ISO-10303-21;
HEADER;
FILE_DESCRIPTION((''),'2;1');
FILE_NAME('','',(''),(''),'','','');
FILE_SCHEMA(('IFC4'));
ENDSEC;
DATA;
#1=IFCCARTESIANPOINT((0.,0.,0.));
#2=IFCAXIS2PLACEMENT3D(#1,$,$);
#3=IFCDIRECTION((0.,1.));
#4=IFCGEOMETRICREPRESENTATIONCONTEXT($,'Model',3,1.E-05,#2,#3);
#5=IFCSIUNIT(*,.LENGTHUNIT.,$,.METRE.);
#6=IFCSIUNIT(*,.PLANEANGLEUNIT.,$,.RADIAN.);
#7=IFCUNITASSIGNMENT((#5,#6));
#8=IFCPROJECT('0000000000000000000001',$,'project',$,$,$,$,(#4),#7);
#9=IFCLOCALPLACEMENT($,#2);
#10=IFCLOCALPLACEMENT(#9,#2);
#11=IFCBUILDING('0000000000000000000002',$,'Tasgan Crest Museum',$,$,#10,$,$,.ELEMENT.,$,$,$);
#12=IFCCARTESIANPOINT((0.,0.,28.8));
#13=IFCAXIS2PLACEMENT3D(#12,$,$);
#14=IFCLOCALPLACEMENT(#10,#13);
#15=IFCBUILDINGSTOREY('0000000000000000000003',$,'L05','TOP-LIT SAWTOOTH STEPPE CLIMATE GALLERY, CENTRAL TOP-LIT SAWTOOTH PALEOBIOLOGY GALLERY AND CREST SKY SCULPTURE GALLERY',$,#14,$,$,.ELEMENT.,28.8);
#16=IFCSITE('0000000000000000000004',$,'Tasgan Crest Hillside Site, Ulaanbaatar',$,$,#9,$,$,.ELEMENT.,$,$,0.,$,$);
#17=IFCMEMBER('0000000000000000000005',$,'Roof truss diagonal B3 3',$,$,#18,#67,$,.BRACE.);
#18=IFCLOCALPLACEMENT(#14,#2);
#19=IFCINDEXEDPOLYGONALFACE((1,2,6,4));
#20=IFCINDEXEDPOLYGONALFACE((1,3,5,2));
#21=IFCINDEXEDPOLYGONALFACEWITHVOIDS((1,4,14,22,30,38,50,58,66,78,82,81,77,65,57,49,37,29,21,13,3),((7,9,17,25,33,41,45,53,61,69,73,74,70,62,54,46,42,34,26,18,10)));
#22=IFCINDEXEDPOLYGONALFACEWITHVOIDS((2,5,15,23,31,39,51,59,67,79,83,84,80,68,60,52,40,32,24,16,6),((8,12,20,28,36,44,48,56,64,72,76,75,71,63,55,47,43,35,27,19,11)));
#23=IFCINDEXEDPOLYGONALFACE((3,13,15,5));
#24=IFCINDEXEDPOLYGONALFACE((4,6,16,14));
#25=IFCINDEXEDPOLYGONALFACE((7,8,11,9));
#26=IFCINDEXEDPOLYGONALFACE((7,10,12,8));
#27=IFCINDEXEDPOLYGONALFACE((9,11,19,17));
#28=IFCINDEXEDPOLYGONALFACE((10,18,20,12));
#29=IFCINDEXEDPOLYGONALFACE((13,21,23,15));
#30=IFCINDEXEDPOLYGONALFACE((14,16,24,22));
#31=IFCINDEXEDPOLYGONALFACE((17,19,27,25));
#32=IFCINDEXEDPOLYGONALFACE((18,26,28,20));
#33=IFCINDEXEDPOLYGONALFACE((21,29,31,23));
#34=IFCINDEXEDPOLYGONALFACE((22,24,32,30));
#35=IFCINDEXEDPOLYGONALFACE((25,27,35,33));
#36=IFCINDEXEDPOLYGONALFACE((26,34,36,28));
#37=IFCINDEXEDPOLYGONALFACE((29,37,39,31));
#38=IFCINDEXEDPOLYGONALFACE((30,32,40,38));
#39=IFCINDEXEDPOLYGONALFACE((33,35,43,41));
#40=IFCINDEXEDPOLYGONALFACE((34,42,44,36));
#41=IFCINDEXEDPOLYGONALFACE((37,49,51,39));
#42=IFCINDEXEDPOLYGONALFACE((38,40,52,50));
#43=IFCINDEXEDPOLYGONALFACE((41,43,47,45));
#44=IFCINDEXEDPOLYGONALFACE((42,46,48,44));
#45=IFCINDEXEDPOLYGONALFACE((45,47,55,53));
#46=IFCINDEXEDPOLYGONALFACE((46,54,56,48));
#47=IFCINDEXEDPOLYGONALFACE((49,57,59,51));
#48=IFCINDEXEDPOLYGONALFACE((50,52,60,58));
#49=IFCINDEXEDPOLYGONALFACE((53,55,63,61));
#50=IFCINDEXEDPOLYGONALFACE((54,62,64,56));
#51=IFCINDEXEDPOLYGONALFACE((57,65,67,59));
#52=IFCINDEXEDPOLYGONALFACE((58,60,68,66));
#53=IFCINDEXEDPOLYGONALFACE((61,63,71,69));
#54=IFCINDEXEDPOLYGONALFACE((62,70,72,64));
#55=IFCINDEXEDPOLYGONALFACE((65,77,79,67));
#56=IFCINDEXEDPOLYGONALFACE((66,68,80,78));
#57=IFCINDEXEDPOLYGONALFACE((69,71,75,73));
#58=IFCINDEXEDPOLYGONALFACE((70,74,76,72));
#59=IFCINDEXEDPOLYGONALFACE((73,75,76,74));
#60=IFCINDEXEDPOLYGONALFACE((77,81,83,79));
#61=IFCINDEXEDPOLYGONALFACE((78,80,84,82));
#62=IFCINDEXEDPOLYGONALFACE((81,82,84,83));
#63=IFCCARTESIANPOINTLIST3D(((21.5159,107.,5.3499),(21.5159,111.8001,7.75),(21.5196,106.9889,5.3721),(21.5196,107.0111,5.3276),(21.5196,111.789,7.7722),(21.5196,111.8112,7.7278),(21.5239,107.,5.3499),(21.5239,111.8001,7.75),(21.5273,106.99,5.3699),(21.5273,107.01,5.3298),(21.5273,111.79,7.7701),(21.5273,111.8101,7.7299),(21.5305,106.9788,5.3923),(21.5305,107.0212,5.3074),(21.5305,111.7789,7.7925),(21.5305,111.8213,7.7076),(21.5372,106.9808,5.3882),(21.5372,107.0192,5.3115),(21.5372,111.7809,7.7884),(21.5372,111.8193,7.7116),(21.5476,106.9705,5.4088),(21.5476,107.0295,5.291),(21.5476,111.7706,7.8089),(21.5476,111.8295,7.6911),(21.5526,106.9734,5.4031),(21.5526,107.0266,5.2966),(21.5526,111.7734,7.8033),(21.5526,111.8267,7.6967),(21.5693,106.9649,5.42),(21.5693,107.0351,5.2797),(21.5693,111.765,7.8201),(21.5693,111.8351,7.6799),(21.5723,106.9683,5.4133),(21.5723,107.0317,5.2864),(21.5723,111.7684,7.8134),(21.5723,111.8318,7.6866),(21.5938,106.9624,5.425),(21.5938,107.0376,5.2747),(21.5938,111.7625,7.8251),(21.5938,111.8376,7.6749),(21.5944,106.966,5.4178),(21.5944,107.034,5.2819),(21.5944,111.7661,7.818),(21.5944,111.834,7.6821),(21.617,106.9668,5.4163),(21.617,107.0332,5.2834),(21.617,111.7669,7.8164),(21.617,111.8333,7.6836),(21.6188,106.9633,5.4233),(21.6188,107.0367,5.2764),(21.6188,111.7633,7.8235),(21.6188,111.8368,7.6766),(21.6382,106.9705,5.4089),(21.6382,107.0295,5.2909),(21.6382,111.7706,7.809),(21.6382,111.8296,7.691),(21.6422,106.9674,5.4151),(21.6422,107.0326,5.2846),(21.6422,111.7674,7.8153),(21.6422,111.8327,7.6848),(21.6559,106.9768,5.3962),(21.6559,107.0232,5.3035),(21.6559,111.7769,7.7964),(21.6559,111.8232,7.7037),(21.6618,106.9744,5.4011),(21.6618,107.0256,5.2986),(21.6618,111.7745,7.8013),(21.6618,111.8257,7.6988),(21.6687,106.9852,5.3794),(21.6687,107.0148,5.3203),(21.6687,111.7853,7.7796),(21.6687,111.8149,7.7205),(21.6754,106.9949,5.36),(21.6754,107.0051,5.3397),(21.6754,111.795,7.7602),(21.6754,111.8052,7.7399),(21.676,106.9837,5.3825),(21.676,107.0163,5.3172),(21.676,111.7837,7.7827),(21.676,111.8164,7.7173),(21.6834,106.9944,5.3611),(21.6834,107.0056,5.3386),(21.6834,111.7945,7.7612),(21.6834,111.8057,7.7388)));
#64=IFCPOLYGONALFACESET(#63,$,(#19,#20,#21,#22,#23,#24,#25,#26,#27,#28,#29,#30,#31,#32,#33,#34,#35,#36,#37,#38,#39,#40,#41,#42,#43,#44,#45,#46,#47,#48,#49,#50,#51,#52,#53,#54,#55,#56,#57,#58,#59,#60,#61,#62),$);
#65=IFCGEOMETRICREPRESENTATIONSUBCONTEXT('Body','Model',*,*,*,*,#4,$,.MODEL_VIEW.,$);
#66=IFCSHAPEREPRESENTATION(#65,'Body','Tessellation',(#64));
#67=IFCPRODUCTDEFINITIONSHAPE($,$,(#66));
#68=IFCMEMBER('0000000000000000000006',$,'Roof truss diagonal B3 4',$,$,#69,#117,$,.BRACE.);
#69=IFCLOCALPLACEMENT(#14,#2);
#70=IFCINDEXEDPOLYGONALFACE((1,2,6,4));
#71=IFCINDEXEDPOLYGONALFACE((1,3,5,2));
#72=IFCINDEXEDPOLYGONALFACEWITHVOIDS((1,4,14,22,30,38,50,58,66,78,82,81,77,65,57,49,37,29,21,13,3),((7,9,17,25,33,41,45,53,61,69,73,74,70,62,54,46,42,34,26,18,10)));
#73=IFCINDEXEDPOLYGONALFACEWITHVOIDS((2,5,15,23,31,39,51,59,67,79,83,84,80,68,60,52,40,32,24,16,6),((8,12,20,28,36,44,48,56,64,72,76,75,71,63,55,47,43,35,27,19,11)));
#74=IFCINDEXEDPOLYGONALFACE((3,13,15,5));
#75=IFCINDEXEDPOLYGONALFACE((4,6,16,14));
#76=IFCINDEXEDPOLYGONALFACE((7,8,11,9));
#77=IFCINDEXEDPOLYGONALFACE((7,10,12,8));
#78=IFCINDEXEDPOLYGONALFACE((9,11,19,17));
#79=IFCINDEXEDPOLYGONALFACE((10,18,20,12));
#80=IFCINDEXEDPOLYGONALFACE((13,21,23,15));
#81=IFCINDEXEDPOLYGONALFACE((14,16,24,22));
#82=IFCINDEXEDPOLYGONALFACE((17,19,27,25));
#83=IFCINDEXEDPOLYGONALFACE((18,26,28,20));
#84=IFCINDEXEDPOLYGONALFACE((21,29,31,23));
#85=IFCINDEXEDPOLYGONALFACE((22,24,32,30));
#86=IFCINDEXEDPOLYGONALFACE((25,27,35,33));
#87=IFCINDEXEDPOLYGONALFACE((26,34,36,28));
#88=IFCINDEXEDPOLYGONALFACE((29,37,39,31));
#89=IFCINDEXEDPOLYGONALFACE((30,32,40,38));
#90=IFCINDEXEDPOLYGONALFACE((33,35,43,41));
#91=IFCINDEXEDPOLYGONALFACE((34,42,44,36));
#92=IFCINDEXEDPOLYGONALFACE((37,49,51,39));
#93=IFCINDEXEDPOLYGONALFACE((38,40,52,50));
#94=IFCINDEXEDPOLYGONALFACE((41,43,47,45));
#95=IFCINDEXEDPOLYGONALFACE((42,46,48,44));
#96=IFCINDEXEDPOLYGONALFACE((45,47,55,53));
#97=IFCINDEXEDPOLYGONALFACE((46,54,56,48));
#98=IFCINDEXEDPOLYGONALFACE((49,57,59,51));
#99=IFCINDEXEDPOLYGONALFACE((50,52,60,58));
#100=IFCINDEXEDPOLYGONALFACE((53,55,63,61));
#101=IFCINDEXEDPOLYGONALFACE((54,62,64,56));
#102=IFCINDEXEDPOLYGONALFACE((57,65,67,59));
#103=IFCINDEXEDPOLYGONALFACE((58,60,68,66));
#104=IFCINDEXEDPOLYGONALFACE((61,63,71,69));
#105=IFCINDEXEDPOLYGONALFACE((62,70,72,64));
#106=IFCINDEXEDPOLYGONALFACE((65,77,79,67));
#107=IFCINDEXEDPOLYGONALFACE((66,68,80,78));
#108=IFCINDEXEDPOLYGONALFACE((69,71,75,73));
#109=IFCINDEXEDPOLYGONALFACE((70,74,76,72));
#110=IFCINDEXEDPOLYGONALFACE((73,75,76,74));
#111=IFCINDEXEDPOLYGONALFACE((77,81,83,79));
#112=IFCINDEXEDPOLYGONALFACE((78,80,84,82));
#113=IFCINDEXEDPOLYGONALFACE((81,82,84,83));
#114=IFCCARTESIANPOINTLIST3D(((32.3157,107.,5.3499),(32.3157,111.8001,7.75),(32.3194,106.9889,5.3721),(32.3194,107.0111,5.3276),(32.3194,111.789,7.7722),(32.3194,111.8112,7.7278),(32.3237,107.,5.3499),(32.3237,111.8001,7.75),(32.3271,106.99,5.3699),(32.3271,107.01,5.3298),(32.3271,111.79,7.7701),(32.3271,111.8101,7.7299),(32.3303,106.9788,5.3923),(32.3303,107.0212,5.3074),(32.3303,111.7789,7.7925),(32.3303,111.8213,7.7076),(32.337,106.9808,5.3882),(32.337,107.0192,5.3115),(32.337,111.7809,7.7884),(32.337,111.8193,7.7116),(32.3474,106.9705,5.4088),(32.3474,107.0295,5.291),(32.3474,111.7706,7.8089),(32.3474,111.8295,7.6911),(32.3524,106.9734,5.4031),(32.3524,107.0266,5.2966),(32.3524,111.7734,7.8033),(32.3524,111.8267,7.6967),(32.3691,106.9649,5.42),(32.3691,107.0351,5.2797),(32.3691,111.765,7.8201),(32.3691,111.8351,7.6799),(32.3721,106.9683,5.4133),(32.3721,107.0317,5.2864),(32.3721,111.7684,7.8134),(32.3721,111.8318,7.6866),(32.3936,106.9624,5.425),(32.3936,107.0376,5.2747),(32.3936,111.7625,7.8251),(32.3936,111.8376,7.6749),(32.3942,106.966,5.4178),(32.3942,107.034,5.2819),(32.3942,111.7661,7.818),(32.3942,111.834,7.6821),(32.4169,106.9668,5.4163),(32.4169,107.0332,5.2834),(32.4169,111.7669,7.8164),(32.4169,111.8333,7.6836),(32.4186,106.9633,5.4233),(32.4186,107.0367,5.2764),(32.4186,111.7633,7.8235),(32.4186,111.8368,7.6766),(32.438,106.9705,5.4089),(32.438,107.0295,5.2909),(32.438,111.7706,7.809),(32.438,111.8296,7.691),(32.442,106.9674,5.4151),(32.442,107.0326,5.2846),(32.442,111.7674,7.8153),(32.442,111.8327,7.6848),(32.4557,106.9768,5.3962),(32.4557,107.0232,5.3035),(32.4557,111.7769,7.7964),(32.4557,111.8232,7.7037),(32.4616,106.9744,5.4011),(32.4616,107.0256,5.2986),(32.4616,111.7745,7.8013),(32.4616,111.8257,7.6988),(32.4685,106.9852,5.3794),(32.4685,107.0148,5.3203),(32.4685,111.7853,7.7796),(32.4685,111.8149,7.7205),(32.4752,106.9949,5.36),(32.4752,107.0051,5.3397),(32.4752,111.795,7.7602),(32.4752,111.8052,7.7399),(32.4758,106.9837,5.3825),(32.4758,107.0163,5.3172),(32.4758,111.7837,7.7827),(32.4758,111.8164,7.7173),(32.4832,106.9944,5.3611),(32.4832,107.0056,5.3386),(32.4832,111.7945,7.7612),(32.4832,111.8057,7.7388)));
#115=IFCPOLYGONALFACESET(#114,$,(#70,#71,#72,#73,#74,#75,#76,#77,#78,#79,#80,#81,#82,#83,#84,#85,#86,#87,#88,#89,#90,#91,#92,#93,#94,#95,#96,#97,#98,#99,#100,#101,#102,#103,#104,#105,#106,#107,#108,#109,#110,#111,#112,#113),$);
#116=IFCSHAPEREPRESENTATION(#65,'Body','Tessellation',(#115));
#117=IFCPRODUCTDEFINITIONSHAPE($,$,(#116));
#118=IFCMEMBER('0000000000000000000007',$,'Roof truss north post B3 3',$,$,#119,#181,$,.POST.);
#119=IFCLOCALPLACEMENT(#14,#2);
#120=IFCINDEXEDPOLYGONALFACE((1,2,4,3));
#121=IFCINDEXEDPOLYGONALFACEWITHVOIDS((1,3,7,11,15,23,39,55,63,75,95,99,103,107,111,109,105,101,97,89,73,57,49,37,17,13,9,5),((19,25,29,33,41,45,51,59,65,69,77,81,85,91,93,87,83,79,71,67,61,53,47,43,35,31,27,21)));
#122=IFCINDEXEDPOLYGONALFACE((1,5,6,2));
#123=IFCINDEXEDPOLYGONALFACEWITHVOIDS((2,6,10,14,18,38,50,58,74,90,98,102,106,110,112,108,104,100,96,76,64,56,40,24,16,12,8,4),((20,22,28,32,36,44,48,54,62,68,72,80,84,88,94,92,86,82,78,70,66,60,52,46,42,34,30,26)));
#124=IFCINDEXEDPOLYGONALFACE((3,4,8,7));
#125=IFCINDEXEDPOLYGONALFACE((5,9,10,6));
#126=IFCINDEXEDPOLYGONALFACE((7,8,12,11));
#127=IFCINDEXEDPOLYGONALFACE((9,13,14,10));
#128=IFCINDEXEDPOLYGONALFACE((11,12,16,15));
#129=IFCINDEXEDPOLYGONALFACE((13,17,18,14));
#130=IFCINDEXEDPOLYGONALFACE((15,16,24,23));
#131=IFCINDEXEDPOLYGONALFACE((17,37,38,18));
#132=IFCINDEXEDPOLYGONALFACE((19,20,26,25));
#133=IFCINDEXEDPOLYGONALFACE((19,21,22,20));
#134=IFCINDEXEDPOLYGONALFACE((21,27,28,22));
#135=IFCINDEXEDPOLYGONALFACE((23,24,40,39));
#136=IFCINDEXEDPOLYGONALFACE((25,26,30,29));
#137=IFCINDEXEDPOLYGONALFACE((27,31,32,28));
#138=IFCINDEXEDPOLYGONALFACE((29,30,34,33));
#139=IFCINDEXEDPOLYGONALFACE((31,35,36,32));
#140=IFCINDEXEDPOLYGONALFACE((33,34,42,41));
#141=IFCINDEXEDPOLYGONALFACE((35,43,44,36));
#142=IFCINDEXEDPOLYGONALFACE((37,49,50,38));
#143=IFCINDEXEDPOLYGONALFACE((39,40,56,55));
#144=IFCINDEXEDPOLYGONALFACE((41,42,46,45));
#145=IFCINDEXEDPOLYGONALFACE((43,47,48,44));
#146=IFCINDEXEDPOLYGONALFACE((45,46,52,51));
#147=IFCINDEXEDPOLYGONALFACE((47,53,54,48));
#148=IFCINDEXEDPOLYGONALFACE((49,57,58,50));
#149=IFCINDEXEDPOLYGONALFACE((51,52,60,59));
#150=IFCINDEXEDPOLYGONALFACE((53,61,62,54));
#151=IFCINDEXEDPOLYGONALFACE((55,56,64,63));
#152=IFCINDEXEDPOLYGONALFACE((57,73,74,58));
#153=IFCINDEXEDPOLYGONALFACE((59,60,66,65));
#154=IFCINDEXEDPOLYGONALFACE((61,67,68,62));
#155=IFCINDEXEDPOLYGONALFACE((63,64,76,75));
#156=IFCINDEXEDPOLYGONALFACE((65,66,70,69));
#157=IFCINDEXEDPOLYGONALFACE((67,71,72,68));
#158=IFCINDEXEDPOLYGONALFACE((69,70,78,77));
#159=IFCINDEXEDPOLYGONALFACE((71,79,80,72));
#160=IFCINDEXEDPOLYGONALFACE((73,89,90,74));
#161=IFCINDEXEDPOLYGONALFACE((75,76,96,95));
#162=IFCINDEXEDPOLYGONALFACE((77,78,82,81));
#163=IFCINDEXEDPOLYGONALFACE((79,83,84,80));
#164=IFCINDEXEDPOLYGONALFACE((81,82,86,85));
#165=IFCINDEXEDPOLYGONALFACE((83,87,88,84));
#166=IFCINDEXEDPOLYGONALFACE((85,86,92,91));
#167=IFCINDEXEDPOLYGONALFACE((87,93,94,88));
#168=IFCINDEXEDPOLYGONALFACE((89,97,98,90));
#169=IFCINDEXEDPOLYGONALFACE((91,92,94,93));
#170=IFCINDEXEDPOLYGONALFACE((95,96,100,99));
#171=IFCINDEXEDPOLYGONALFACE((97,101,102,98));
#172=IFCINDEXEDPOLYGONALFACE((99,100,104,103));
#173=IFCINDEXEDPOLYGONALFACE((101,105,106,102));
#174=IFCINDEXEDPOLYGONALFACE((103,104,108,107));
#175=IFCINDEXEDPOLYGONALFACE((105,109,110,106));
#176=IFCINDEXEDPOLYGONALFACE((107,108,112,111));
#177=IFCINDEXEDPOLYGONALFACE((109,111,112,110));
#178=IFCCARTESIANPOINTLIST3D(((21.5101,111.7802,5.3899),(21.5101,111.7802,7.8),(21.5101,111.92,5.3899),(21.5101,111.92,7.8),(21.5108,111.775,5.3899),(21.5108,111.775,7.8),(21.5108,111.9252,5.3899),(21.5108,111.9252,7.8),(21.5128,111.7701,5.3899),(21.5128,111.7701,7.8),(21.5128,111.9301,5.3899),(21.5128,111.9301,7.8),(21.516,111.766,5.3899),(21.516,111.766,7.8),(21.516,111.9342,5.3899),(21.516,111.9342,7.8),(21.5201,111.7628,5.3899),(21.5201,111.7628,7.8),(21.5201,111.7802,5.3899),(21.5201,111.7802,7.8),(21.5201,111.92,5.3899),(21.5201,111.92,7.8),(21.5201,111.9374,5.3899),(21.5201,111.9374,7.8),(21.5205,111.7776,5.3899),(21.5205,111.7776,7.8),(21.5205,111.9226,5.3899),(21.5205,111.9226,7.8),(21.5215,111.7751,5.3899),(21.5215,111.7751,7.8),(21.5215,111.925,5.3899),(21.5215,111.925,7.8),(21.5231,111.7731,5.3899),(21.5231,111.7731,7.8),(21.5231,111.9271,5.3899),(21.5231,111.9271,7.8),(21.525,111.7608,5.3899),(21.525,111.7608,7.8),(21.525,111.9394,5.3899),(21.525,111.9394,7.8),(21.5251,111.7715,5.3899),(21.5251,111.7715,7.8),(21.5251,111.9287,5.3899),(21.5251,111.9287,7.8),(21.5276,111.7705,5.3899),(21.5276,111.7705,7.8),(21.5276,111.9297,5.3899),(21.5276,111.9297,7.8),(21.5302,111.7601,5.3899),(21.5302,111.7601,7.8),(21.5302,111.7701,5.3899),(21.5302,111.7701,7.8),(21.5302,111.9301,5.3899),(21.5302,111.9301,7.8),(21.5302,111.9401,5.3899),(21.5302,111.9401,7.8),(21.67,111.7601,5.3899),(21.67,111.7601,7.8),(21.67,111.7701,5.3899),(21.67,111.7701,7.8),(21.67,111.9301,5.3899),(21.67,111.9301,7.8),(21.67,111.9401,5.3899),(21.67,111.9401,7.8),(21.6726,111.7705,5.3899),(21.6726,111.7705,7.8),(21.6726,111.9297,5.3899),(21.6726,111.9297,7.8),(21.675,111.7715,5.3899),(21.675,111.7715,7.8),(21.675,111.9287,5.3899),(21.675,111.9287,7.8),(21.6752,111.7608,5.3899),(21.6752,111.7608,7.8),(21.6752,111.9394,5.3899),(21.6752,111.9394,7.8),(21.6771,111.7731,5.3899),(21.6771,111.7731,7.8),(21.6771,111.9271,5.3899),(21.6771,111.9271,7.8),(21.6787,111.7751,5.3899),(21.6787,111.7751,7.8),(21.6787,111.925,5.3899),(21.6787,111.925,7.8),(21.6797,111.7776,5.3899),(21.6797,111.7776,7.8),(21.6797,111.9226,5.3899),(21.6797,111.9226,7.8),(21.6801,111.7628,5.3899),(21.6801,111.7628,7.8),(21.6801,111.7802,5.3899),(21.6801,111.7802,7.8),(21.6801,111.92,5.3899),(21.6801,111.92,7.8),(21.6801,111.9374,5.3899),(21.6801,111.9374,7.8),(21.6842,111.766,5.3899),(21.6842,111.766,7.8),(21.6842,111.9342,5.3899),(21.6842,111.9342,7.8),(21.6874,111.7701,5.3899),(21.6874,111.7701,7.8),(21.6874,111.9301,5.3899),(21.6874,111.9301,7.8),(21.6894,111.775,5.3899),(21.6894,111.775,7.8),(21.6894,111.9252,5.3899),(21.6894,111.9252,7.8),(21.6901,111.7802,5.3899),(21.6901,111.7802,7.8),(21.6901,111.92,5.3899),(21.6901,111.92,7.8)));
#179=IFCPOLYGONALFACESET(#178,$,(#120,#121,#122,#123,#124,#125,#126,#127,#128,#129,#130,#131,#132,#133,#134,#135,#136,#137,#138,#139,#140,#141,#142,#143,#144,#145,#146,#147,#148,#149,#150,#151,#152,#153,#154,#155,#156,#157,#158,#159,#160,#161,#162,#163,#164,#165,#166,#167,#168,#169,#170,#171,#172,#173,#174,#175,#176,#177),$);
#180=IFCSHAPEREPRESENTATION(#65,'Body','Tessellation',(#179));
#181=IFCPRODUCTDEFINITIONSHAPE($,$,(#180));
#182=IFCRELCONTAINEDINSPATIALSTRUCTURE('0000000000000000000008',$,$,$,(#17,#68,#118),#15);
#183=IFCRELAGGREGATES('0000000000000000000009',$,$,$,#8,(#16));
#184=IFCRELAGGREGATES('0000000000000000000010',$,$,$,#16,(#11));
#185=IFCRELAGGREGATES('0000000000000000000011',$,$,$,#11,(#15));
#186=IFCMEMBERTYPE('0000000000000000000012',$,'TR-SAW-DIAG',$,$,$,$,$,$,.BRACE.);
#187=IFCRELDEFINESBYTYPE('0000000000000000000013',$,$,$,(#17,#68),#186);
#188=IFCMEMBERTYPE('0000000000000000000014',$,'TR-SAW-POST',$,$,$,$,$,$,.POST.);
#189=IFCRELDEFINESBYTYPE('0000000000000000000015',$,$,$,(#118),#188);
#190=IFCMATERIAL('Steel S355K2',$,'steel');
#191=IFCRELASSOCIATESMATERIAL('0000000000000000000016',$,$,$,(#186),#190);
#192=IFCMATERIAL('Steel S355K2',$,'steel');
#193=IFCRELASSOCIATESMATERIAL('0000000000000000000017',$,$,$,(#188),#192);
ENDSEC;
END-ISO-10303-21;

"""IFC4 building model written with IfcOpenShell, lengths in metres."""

from ifc_helpers import new_model, si_unit, direction, frame, origin, origin_2d, place, context, subcontext, project, spatial, hollow_rectangle, hollow_circle, extrude, material, material_profile, profile_set, type_object, element, save


model = new_model("IFC4")

# Units and contexts
model_context = context("Model", 3, precision=1e-05, world=origin(), true_north=direction((0.0, 1.0)))
body_context = subcontext(model_context, "Body", "Model", "MODEL_VIEW")
ifc_project = project(units=[si_unit("LENGTHUNIT", "METRE"), si_unit("PLANEANGLEUNIT", "RADIAN")], contexts=[model_context])

# Site, building, storey
site_placement = place(None, origin())
site = spatial("IfcSite", under=ifc_project, at=site_placement, Name="Tasgan Crest Hillside Site, Ulaanbaatar", CompositionType="ELEMENT", RefElevation=0.0)
building_placement = place(site_placement, origin())
building = spatial("IfcBuilding", under=site, at=building_placement, Name="Tasgan Crest Museum", CompositionType="ELEMENT")
storey_placement = place(building_placement, frame((0.0, 0.0, 28.8)))
storey = spatial("IfcBuildingStorey", under=building, at=storey_placement, Name="L05", Description="TOP-LIT SAWTOOTH STEPPE CLIMATE GALLERY, CENTRAL TOP-LIT SAWTOOTH PALEOBIOLOGY GALLERY AND CREST SKY SCULPTURE GALLERY", CompositionType="ELEMENT", Elevation=28.8)

# Members
ifc_material_1 = material(Name="Steel S355K2", Category="steel")
ifc_material_profile_1 = material_profile(ifc_material_1, hollow_circle(Radius=0.0842, WallThickness=0.0081, at=origin_2d()), Name="CHS 168.3x8")
ifc_profile_set_1 = profile_set([ifc_material_profile_1], Name="Steel S355K2")
member_type_1 = type_object("IfcMemberType", Name="TR-SAW-DIAG", PredefinedType="BRACE", material=ifc_profile_set_1)
for number, where, z_axis, x_axis, name in (
    (1, (21.6001, 107.0, 5.3499), (0.0, 0.894418, 0.447232), (-1.0, 0.0, 0.0), "Roof truss diagonal B3 3"),
    (2, (32.3999, 107.0, 5.3499), (0.0, 0.894418, 0.447232), (-1.0, 0.0, 0.0), "Roof truss diagonal B3 4"),
):
    element("IfcMember", number, at=place(storey_placement, frame(where, z_axis=z_axis, x_axis=x_axis)), inside=storey, type_object=member_type_1, Name=name, PredefinedType="BRACE", context=body_context, shape_type="SweptSolid", body=[
        extrude(hollow_circle(Radius=0.0842, WallThickness=0.0081, at=origin_2d()), origin(), (0.0, 0.0, 1.0), 5.3667),
    ])
ifc_material_2 = material(Name="Steel S355K2", Category="steel")
ifc_material_profile_2 = material_profile(ifc_material_2, hollow_rectangle(XDim=0.1799, YDim=0.1799, WallThickness=0.01, InnerFilletRadius=0.01, OuterFilletRadius=0.02, at=origin_2d()), Name="SHS 180x180x10")
ifc_profile_set_2 = profile_set([ifc_material_profile_2], Name="Steel S355K2")
member_type_2 = type_object("IfcMemberType", Name="TR-SAW-POST", PredefinedType="POST", material=ifc_profile_set_2)
for number, where, z_axis, x_axis, name in (
    (3, (21.6001, 111.8501, 5.3899), (0.0, 0.0, 1.0), (1.0, 0.0, 0.0), "Roof truss north post B3 3"),
):
    element("IfcMember", number, at=place(storey_placement, frame(where, z_axis=z_axis, x_axis=x_axis)), inside=storey, type_object=member_type_2, Name=name, PredefinedType="POST", context=body_context, shape_type="SweptSolid", body=[
        extrude(hollow_rectangle(XDim=0.1799, YDim=0.1799, WallThickness=0.01, InnerFilletRadius=0.01, OuterFilletRadius=0.02, at=origin_2d()), origin(), (0.0, 0.0, 1.0), 2.4102),
    ])

save(model, "model.ifc")
